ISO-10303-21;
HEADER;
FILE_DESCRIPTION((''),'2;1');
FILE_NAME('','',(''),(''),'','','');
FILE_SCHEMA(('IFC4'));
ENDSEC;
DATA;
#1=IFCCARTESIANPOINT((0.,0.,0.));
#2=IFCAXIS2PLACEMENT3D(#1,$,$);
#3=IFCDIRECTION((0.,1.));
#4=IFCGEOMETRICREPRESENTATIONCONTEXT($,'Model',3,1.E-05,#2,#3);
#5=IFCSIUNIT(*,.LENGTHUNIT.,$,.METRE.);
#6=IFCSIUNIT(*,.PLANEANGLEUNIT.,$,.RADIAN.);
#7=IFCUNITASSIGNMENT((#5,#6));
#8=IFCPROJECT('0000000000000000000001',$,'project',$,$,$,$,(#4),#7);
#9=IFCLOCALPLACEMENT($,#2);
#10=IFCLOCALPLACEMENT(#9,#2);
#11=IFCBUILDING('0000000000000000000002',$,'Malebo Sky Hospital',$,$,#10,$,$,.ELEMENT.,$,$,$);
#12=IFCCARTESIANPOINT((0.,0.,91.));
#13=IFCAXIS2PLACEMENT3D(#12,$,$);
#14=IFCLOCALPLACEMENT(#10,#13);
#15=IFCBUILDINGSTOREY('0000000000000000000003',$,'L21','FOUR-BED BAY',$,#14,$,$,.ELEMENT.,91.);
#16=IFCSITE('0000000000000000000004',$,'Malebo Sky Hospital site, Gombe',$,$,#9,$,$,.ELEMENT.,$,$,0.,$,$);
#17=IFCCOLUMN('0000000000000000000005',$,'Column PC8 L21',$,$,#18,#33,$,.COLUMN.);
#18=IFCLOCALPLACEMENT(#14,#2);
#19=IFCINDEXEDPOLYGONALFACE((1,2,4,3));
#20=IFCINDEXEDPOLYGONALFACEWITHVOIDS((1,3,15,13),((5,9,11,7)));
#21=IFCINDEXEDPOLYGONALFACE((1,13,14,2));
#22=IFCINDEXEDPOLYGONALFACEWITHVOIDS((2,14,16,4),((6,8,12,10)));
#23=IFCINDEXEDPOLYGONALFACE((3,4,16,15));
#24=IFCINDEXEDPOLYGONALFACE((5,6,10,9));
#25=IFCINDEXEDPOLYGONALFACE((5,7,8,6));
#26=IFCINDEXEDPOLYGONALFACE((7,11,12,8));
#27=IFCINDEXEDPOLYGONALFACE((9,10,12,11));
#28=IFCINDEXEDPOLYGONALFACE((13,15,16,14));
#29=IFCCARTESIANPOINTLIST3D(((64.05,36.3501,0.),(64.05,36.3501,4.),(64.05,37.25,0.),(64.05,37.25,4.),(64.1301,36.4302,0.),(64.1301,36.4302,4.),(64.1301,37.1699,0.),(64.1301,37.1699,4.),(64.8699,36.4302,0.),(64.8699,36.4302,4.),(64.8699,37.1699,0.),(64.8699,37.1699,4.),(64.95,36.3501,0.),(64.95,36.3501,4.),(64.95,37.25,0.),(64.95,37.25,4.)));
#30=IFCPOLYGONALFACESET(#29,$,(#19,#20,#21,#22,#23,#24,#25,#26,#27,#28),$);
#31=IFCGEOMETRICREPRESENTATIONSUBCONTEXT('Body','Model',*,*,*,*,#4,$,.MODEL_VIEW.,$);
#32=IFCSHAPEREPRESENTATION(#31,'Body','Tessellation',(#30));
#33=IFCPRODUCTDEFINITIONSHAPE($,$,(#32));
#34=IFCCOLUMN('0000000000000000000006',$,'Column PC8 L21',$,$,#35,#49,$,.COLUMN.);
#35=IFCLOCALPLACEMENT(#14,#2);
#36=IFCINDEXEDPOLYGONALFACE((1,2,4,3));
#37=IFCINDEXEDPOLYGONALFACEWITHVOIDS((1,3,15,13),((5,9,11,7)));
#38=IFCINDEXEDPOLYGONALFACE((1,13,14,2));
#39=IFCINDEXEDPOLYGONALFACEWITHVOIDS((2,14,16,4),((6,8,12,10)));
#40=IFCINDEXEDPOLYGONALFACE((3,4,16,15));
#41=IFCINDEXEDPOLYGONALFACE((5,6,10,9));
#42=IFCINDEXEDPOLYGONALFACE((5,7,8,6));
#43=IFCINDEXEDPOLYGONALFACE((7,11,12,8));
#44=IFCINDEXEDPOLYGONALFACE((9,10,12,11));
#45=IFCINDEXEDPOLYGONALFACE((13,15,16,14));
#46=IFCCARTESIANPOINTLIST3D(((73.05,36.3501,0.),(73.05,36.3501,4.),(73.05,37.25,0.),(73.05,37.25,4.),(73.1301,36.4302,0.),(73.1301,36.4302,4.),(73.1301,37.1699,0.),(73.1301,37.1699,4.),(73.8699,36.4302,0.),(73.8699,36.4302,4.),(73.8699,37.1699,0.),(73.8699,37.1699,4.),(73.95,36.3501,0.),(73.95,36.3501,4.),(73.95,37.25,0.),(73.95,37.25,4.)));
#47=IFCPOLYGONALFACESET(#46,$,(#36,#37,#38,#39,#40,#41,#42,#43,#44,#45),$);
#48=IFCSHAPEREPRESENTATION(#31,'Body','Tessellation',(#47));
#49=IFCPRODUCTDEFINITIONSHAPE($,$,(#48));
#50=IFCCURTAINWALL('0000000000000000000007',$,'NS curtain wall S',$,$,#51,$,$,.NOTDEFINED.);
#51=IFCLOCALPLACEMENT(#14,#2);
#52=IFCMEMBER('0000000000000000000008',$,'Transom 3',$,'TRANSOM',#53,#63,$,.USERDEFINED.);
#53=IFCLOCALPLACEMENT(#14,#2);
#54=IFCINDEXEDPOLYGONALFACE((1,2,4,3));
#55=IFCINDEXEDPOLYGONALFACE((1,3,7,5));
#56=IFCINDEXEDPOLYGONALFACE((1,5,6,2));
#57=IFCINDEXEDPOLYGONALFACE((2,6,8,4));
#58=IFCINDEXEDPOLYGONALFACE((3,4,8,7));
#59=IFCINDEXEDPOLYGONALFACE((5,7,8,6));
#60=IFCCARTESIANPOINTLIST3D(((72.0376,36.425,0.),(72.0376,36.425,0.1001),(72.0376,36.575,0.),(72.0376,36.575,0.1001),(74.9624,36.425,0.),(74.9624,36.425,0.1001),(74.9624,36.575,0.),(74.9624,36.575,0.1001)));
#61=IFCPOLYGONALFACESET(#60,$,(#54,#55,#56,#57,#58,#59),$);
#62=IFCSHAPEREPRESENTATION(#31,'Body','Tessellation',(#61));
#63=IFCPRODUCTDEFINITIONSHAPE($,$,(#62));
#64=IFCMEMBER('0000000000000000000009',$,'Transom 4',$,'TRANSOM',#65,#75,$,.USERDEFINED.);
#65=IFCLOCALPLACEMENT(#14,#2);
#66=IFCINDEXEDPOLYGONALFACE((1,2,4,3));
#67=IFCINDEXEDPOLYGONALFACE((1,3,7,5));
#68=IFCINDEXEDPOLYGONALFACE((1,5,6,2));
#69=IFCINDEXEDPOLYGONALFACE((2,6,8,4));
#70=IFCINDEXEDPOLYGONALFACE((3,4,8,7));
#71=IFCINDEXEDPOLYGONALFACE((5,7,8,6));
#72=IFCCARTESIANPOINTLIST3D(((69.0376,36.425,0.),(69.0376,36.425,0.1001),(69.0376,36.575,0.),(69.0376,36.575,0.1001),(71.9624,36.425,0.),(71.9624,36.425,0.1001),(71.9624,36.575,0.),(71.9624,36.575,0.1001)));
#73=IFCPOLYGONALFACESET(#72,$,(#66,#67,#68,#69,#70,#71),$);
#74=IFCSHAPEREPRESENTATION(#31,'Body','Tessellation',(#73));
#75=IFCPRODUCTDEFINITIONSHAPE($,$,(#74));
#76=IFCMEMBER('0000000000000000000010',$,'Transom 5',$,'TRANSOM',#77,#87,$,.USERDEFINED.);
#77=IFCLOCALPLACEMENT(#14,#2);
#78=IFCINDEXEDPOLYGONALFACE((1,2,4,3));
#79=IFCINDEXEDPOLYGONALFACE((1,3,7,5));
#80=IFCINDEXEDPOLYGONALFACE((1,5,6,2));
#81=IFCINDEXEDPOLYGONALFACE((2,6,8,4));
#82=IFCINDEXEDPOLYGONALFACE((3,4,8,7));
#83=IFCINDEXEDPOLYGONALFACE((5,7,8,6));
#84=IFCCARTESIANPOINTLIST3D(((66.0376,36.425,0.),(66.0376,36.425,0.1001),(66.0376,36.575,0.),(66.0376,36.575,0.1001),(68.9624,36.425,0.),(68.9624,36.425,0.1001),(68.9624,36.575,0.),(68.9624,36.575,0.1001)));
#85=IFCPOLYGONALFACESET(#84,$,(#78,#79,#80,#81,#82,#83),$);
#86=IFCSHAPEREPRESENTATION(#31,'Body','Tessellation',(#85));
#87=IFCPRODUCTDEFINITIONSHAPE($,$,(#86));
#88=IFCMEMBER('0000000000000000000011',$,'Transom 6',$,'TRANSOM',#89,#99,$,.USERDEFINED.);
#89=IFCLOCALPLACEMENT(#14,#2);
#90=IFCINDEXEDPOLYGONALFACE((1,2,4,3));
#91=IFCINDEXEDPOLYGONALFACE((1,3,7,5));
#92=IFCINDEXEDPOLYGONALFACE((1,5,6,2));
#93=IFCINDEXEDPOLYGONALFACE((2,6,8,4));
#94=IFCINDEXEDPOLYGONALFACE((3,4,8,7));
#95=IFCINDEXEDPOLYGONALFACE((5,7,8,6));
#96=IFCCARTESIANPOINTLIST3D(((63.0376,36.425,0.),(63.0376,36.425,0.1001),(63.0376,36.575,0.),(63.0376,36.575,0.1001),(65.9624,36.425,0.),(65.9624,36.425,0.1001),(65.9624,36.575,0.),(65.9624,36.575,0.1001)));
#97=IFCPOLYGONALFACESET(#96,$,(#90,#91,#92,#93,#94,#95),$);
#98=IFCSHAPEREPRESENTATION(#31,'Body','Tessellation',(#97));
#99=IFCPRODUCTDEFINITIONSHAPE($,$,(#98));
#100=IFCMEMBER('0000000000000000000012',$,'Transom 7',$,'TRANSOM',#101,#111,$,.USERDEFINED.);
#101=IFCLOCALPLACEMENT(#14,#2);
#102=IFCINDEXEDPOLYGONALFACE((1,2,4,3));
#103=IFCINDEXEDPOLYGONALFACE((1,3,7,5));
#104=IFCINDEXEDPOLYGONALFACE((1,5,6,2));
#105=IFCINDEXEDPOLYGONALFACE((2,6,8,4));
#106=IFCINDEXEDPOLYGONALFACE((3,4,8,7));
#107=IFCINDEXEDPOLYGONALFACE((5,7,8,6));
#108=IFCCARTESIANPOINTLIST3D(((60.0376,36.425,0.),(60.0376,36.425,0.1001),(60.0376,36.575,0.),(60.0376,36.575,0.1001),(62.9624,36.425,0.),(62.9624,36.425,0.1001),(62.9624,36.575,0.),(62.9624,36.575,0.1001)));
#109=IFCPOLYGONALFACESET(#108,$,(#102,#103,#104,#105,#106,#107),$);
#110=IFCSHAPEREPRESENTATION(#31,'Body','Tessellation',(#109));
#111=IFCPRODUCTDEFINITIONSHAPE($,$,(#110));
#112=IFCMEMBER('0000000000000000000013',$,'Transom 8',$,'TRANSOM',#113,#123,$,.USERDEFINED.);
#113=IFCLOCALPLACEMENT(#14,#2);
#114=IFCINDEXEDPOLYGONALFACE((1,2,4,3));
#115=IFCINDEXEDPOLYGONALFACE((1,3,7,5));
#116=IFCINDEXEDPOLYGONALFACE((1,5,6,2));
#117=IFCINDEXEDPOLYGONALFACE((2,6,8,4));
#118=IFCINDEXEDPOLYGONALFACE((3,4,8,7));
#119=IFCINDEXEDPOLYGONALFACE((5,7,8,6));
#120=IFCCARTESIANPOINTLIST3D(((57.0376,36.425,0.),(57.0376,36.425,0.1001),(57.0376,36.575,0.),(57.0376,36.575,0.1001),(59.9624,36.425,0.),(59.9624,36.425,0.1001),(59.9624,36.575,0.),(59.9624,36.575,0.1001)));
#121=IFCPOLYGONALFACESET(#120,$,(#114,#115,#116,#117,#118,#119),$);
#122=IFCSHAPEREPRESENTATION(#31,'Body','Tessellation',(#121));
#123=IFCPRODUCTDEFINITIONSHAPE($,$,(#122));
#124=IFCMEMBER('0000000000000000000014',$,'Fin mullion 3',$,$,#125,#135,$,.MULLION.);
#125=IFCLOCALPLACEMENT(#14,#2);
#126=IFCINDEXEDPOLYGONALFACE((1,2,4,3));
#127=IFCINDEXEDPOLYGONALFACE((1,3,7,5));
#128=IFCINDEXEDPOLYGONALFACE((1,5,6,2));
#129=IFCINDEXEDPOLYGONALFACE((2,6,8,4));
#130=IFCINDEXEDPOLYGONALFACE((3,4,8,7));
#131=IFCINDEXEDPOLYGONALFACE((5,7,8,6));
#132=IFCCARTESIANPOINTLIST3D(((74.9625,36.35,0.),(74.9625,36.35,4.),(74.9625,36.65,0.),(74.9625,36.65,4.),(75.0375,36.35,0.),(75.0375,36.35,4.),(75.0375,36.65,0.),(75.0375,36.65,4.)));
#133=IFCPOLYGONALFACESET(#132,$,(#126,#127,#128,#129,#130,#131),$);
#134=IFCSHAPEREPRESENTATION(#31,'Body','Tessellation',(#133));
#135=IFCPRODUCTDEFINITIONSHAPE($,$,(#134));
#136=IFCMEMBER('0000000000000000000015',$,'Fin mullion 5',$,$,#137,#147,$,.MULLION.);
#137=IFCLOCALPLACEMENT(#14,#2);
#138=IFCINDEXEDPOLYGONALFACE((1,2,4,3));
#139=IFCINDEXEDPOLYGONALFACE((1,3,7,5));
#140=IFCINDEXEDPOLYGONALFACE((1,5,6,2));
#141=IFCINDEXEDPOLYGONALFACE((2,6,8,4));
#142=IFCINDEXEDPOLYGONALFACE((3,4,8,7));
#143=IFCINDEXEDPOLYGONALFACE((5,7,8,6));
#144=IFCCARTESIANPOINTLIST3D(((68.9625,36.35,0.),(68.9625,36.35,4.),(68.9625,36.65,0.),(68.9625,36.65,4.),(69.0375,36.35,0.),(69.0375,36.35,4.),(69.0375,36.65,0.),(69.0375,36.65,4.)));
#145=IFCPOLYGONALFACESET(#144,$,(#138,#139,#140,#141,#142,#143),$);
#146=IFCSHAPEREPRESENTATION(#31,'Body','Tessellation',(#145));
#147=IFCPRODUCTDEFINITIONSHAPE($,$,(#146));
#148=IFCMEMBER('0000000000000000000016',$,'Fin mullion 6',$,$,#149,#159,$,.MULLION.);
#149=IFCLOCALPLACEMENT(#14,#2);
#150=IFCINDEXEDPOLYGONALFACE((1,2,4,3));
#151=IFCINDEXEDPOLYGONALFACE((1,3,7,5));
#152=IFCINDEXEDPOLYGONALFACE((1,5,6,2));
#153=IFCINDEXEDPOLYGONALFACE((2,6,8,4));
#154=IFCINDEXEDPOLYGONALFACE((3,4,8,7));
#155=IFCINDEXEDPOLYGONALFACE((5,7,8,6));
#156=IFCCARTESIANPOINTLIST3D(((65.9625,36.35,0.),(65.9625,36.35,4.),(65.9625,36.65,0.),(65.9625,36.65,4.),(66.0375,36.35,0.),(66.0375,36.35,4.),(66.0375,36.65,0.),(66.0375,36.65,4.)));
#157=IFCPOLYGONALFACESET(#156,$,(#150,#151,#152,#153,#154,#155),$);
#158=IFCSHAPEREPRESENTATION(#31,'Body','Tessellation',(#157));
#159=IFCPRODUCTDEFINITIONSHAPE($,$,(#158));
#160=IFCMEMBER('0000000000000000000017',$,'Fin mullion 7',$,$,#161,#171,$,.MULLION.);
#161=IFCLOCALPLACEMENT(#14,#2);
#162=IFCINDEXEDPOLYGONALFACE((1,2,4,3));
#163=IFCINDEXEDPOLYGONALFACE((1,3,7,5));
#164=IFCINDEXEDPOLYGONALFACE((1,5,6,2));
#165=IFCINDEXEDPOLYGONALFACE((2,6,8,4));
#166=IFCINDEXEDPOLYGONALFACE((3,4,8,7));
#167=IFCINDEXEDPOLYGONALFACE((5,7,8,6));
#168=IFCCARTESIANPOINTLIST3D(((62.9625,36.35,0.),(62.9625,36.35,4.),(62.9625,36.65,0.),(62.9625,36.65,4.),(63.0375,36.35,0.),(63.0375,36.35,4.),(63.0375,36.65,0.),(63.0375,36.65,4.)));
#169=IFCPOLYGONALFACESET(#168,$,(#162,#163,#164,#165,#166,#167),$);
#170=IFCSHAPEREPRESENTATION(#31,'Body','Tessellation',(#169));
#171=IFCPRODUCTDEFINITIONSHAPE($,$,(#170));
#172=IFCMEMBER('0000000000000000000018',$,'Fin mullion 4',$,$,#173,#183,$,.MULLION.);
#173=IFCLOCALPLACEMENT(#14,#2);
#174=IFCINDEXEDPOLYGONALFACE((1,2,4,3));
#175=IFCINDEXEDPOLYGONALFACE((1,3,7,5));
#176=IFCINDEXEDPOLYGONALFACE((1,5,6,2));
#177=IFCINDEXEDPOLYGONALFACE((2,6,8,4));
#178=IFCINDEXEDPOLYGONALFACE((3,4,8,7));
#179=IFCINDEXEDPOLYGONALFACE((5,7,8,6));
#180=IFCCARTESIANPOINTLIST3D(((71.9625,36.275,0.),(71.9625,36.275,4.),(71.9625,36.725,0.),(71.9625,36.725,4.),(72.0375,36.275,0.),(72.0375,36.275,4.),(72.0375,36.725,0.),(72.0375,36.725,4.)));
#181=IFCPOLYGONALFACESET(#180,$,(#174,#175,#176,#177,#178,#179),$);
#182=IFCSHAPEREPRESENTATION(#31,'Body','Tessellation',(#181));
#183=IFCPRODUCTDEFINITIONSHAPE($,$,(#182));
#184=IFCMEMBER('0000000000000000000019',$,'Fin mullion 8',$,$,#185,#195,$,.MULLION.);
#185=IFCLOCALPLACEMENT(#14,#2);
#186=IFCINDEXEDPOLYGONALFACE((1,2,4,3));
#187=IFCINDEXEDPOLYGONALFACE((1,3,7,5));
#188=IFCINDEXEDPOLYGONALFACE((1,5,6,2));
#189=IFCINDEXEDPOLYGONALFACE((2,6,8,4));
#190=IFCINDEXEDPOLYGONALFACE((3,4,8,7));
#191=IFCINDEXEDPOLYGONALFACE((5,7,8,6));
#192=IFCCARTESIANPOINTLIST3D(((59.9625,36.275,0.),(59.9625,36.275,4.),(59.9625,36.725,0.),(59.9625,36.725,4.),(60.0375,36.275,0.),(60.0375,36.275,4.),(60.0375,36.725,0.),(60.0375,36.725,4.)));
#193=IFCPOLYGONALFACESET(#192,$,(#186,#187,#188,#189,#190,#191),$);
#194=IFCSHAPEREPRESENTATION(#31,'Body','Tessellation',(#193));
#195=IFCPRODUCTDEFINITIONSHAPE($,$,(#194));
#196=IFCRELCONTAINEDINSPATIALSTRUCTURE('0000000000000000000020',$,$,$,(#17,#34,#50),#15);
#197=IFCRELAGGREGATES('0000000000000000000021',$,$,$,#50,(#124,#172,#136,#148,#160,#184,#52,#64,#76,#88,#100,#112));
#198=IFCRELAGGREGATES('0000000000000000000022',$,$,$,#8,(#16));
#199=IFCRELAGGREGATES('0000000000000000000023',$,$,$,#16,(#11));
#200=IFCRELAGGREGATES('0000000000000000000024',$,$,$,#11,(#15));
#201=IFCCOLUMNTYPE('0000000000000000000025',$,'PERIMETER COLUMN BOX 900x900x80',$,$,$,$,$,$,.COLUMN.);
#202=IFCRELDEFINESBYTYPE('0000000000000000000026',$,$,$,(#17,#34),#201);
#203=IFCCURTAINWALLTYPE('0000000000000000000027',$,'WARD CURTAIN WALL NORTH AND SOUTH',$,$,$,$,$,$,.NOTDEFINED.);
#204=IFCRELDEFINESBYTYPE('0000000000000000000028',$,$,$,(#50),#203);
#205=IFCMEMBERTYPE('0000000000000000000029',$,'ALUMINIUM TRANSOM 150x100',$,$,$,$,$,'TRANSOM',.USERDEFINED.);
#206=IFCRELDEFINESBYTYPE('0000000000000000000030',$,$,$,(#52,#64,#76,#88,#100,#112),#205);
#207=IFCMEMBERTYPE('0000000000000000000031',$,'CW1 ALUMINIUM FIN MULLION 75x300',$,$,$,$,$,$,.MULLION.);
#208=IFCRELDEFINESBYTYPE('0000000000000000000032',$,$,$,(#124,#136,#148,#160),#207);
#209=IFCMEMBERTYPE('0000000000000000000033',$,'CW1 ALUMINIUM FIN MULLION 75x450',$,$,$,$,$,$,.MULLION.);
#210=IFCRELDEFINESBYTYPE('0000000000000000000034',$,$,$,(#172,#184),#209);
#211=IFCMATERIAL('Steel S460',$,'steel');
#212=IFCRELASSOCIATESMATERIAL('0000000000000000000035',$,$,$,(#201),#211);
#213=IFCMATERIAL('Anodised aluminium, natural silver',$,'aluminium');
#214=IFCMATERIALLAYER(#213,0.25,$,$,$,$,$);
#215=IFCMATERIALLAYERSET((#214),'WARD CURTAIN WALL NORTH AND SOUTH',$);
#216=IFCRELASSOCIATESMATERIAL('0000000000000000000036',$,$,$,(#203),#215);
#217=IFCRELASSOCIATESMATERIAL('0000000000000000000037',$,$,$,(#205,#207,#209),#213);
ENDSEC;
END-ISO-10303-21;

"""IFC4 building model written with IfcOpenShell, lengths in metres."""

from ifc_helpers import new_model, si_unit, direction, frame, origin, origin_2d, place, context, subcontext, project, spatial, rectangle, hollow_rectangle, extrude, material, layer, layer_set, material_profile, profile_set, type_object, element, aggregate, save


model = new_model("IFC4")

# Units and contexts
model_context = context("Model", 3, precision=1e-05, world=origin(), true_north=direction((0.0, 1.0)))
body_context = subcontext(model_context, "Body", "Model", "MODEL_VIEW")
ifc_project = project(units=[si_unit("LENGTHUNIT", "METRE"), si_unit("PLANEANGLEUNIT", "RADIAN")], contexts=[model_context])

# Site, building, storey
site_placement = place(None, origin())
site = spatial("IfcSite", under=ifc_project, at=site_placement, Name="Malebo Sky Hospital site, Gombe", CompositionType="ELEMENT", RefElevation=0.0)
building_placement = place(site_placement, origin())
building = spatial("IfcBuilding", under=site, at=building_placement, Name="Malebo Sky Hospital", CompositionType="ELEMENT")
storey_placement = place(building_placement, frame((0.0, 0.0, 91.0)))
storey = spatial("IfcBuildingStorey", under=building, at=storey_placement, Name="L21", Description="FOUR-BED BAY", CompositionType="ELEMENT", Elevation=91.0)

# Columns
ifc_material_1 = material(Name="Steel S460", Category="steel")
ifc_material_profile_1 = material_profile(ifc_material_1, hollow_rectangle(XDim=0.8999, YDim=0.8999, WallThickness=0.0801, at=origin_2d()), Name="BOX 900x900x80")
ifc_profile_set_1 = profile_set([ifc_material_profile_1], Name="Steel S460")
column_type = type_object("IfcColumnType", Name="PERIMETER COLUMN BOX 900x900x80", PredefinedType="COLUMN", material=ifc_profile_set_1)
for number, where, z_axis, x_axis, name in (
    (1, (64.5, 36.8, 0.0), (0.0, 0.0, 1.0), (1.0, 0.0, 0.0), "Column PC8 L21"),
    (2, (73.5, 36.8, 0.0), (0.0, 0.0, 1.0), (1.0, 0.0, 0.0), "Column PC8 L21"),
):
    element("IfcColumn", number, at=place(storey_placement, frame(where, z_axis=z_axis, x_axis=x_axis)), inside=storey, type_object=column_type, Name=name, PredefinedType="COLUMN", context=body_context, shape_type="SweptSolid", body=[
        extrude(hollow_rectangle(XDim=0.8999, YDim=0.8999, WallThickness=0.0801, at=origin_2d()), origin(), (0.0, 0.0, 1.0), 4.0),
    ])

# Curtain wall, members
ifc_material_2 = material(Name="Anodised aluminium, natural silver", Category="aluminium")
ifc_layer_1 = layer(ifc_material_2, 0.25)
ifc_layer_set_1 = layer_set([ifc_layer_1], Name="WARD CURTAIN WALL NORTH AND SOUTH")
curtain_wall_type = type_object("IfcCurtainWallType", Name="WARD CURTAIN WALL NORTH AND SOUTH", PredefinedType="NOTDEFINED", material=ifc_layer_set_1)
curtain_wall_placement = place(storey_placement, origin())
curtain_wall = element("IfcCurtainWall", 3, at=curtain_wall_placement, inside=storey, type_object=curtain_wall_type, Name="NS curtain wall S", PredefinedType="NOTDEFINED")
ifc_material_profile_2 = material_profile(ifc_material_2, rectangle(XDim=0.1499, YDim=0.1001, at=origin_2d()), Name="ALUMINIUM TRANSOM 150x100")
ifc_profile_set_2 = profile_set([ifc_material_profile_2], Name="Anodised aluminium, natural silver")
member_type_1 = type_object("IfcMemberType", Name="ALUMINIUM TRANSOM 150x100", ElementType="TRANSOM", PredefinedType="USERDEFINED", material=ifc_profile_set_2)
member_1_placement = place(storey_placement, frame((74.9624, 36.5, 0.05), z_axis=(-1.0, 0.0, 0.0), x_axis=(0.0, -1.0, 0.0)))
member_1 = element("IfcMember", 4, at=member_1_placement, type_object=member_type_1, Name="Transom 3", ObjectType="TRANSOM", PredefinedType="USERDEFINED", context=body_context, shape_type="SweptSolid", body=[
    extrude(rectangle(XDim=0.1499, YDim=0.1001, at=origin_2d()), origin(), (0.0, 0.0, 1.0), 2.9248),
])
member_2_placement = place(storey_placement, frame((71.9624, 36.5, 0.05), z_axis=(-1.0, 0.0, 0.0), x_axis=(0.0, -1.0, 0.0)))
member_2 = element("IfcMember", 5, at=member_2_placement, type_object=member_type_1, Name="Transom 4", ObjectType="TRANSOM", PredefinedType="USERDEFINED", context=body_context, shape_type="SweptSolid", body=[
    extrude(rectangle(XDim=0.1499, YDim=0.1001, at=origin_2d()), origin(), (0.0, 0.0, 1.0), 2.9248),
])
member_3_placement = place(storey_placement, frame((68.9624, 36.5, 0.05), z_axis=(-1.0, 0.0, 0.0), x_axis=(0.0, -1.0, 0.0)))
member_3 = element("IfcMember", 6, at=member_3_placement, type_object=member_type_1, Name="Transom 5", ObjectType="TRANSOM", PredefinedType="USERDEFINED", context=body_context, shape_type="SweptSolid", body=[
    extrude(rectangle(XDim=0.1499, YDim=0.1001, at=origin_2d()), origin(), (0.0, 0.0, 1.0), 2.9248),
])
member_4_placement = place(storey_placement, frame((65.9624, 36.5, 0.05), z_axis=(-1.0, 0.0, 0.0), x_axis=(0.0, -1.0, 0.0)))
member_4 = element("IfcMember", 7, at=member_4_placement, type_object=member_type_1, Name="Transom 6", ObjectType="TRANSOM", PredefinedType="USERDEFINED", context=body_context, shape_type="SweptSolid", body=[
    extrude(rectangle(XDim=0.1499, YDim=0.1001, at=origin_2d()), origin(), (0.0, 0.0, 1.0), 2.9248),
])
member_5_placement = place(storey_placement, frame((62.9624, 36.5, 0.05), z_axis=(-1.0, 0.0, 0.0), x_axis=(0.0, -1.0, 0.0)))
member_5 = element("IfcMember", 8, at=member_5_placement, type_object=member_type_1, Name="Transom 7", ObjectType="TRANSOM", PredefinedType="USERDEFINED", context=body_context, shape_type="SweptSolid", body=[
    extrude(rectangle(XDim=0.1499, YDim=0.1001, at=origin_2d()), origin(), (0.0, 0.0, 1.0), 2.9248),
])
member_6_placement = place(storey_placement, frame((59.9624, 36.5, 0.05), z_axis=(-1.0, 0.0, 0.0), x_axis=(0.0, -1.0, 0.0)))
member_6 = element("IfcMember", 9, at=member_6_placement, type_object=member_type_1, Name="Transom 8", ObjectType="TRANSOM", PredefinedType="USERDEFINED", context=body_context, shape_type="SweptSolid", body=[
    extrude(rectangle(XDim=0.1499, YDim=0.1001, at=origin_2d()), origin(), (0.0, 0.0, 1.0), 2.9248),
])
ifc_material_profile_3 = material_profile(ifc_material_2, rectangle(XDim=0.075, YDim=0.3, at=origin_2d()), Name="CW1 ALUMINIUM FIN MULLION 75x300")
ifc_profile_set_3 = profile_set([ifc_material_profile_3], Name="Anodised aluminium, natural silver")
member_type_2 = type_object("IfcMemberType", Name="CW1 ALUMINIUM FIN MULLION 75x300", PredefinedType="MULLION", material=ifc_profile_set_3)
member_7_placement = place(storey_placement, frame((75.0, 36.5, 0.0), z_axis=(0.0, 0.0, 1.0), x_axis=(-1.0, 0.0, 0.0)))
member_7 = element("IfcMember", 10, at=member_7_placement, type_object=member_type_2, Name="Fin mullion 3", PredefinedType="MULLION", context=body_context, shape_type="SweptSolid", body=[
    extrude(rectangle(XDim=0.075, YDim=0.3, at=origin_2d()), origin(), (0.0, 0.0, 1.0), 4.0),
])
member_8_placement = place(storey_placement, frame((69.0, 36.5, 0.0), z_axis=(0.0, 0.0, 1.0), x_axis=(-1.0, 0.0, 0.0)))
member_8 = element("IfcMember", 11, at=member_8_placement, type_object=member_type_2, Name="Fin mullion 5", PredefinedType="MULLION", context=body_context, shape_type="SweptSolid", body=[
    extrude(rectangle(XDim=0.075, YDim=0.3, at=origin_2d()), origin(), (0.0, 0.0, 1.0), 4.0),
])
member_9_placement = place(storey_placement, frame((66.0, 36.5, 0.0), z_axis=(0.0, 0.0, 1.0), x_axis=(-1.0, 0.0, 0.0)))
member_9 = element("IfcMember", 12, at=member_9_placement, type_object=member_type_2, Name="Fin mullion 6", PredefinedType="MULLION", context=body_context, shape_type="SweptSolid", body=[
    extrude(rectangle(XDim=0.075, YDim=0.3, at=origin_2d()), origin(), (0.0, 0.0, 1.0), 4.0),
])
member_10_placement = place(storey_placement, frame((63.0, 36.5, 0.0), z_axis=(0.0, 0.0, 1.0), x_axis=(-1.0, 0.0, 0.0)))
member_10 = element("IfcMember", 13, at=member_10_placement, type_object=member_type_2, Name="Fin mullion 7", PredefinedType="MULLION", context=body_context, shape_type="SweptSolid", body=[
    extrude(rectangle(XDim=0.075, YDim=0.3, at=origin_2d()), origin(), (0.0, 0.0, 1.0), 4.0),
])
ifc_material_profile_4 = material_profile(ifc_material_2, rectangle(XDim=0.075, YDim=0.45, at=origin_2d()), Name="CW1 ALUMINIUM FIN MULLION 75x450")
ifc_profile_set_4 = profile_set([ifc_material_profile_4], Name="Anodised aluminium, natural silver")
member_type_3 = type_object("IfcMemberType", Name="CW1 ALUMINIUM FIN MULLION 75x450", PredefinedType="MULLION", material=ifc_profile_set_4)
member_11_placement = place(storey_placement, frame((72.0, 36.5, 0.0), z_axis=(0.0, 0.0, 1.0), x_axis=(-1.0, 0.0, 0.0)))
member_11 = element("IfcMember", 14, at=member_11_placement, type_object=member_type_3, Name="Fin mullion 4", PredefinedType="MULLION", context=body_context, shape_type="SweptSolid", body=[
    extrude(rectangle(XDim=0.075, YDim=0.45, at=origin_2d()), origin(), (0.0, 0.0, 1.0), 4.0),
])
member_12_placement = place(storey_placement, frame((60.0, 36.5, 0.0), z_axis=(0.0, 0.0, 1.0), x_axis=(-1.0, 0.0, 0.0)))
member_12 = element("IfcMember", 15, at=member_12_placement, type_object=member_type_3, Name="Fin mullion 8", PredefinedType="MULLION", context=body_context, shape_type="SweptSolid", body=[
    extrude(rectangle(XDim=0.075, YDim=0.45, at=origin_2d()), origin(), (0.0, 0.0, 1.0), 4.0),
])

aggregate(curtain_wall, [member_7, member_11, member_8, member_9, member_10, member_12, member_1, member_2, member_3, member_4, member_5, member_6])

save(model, "model.ifc")
